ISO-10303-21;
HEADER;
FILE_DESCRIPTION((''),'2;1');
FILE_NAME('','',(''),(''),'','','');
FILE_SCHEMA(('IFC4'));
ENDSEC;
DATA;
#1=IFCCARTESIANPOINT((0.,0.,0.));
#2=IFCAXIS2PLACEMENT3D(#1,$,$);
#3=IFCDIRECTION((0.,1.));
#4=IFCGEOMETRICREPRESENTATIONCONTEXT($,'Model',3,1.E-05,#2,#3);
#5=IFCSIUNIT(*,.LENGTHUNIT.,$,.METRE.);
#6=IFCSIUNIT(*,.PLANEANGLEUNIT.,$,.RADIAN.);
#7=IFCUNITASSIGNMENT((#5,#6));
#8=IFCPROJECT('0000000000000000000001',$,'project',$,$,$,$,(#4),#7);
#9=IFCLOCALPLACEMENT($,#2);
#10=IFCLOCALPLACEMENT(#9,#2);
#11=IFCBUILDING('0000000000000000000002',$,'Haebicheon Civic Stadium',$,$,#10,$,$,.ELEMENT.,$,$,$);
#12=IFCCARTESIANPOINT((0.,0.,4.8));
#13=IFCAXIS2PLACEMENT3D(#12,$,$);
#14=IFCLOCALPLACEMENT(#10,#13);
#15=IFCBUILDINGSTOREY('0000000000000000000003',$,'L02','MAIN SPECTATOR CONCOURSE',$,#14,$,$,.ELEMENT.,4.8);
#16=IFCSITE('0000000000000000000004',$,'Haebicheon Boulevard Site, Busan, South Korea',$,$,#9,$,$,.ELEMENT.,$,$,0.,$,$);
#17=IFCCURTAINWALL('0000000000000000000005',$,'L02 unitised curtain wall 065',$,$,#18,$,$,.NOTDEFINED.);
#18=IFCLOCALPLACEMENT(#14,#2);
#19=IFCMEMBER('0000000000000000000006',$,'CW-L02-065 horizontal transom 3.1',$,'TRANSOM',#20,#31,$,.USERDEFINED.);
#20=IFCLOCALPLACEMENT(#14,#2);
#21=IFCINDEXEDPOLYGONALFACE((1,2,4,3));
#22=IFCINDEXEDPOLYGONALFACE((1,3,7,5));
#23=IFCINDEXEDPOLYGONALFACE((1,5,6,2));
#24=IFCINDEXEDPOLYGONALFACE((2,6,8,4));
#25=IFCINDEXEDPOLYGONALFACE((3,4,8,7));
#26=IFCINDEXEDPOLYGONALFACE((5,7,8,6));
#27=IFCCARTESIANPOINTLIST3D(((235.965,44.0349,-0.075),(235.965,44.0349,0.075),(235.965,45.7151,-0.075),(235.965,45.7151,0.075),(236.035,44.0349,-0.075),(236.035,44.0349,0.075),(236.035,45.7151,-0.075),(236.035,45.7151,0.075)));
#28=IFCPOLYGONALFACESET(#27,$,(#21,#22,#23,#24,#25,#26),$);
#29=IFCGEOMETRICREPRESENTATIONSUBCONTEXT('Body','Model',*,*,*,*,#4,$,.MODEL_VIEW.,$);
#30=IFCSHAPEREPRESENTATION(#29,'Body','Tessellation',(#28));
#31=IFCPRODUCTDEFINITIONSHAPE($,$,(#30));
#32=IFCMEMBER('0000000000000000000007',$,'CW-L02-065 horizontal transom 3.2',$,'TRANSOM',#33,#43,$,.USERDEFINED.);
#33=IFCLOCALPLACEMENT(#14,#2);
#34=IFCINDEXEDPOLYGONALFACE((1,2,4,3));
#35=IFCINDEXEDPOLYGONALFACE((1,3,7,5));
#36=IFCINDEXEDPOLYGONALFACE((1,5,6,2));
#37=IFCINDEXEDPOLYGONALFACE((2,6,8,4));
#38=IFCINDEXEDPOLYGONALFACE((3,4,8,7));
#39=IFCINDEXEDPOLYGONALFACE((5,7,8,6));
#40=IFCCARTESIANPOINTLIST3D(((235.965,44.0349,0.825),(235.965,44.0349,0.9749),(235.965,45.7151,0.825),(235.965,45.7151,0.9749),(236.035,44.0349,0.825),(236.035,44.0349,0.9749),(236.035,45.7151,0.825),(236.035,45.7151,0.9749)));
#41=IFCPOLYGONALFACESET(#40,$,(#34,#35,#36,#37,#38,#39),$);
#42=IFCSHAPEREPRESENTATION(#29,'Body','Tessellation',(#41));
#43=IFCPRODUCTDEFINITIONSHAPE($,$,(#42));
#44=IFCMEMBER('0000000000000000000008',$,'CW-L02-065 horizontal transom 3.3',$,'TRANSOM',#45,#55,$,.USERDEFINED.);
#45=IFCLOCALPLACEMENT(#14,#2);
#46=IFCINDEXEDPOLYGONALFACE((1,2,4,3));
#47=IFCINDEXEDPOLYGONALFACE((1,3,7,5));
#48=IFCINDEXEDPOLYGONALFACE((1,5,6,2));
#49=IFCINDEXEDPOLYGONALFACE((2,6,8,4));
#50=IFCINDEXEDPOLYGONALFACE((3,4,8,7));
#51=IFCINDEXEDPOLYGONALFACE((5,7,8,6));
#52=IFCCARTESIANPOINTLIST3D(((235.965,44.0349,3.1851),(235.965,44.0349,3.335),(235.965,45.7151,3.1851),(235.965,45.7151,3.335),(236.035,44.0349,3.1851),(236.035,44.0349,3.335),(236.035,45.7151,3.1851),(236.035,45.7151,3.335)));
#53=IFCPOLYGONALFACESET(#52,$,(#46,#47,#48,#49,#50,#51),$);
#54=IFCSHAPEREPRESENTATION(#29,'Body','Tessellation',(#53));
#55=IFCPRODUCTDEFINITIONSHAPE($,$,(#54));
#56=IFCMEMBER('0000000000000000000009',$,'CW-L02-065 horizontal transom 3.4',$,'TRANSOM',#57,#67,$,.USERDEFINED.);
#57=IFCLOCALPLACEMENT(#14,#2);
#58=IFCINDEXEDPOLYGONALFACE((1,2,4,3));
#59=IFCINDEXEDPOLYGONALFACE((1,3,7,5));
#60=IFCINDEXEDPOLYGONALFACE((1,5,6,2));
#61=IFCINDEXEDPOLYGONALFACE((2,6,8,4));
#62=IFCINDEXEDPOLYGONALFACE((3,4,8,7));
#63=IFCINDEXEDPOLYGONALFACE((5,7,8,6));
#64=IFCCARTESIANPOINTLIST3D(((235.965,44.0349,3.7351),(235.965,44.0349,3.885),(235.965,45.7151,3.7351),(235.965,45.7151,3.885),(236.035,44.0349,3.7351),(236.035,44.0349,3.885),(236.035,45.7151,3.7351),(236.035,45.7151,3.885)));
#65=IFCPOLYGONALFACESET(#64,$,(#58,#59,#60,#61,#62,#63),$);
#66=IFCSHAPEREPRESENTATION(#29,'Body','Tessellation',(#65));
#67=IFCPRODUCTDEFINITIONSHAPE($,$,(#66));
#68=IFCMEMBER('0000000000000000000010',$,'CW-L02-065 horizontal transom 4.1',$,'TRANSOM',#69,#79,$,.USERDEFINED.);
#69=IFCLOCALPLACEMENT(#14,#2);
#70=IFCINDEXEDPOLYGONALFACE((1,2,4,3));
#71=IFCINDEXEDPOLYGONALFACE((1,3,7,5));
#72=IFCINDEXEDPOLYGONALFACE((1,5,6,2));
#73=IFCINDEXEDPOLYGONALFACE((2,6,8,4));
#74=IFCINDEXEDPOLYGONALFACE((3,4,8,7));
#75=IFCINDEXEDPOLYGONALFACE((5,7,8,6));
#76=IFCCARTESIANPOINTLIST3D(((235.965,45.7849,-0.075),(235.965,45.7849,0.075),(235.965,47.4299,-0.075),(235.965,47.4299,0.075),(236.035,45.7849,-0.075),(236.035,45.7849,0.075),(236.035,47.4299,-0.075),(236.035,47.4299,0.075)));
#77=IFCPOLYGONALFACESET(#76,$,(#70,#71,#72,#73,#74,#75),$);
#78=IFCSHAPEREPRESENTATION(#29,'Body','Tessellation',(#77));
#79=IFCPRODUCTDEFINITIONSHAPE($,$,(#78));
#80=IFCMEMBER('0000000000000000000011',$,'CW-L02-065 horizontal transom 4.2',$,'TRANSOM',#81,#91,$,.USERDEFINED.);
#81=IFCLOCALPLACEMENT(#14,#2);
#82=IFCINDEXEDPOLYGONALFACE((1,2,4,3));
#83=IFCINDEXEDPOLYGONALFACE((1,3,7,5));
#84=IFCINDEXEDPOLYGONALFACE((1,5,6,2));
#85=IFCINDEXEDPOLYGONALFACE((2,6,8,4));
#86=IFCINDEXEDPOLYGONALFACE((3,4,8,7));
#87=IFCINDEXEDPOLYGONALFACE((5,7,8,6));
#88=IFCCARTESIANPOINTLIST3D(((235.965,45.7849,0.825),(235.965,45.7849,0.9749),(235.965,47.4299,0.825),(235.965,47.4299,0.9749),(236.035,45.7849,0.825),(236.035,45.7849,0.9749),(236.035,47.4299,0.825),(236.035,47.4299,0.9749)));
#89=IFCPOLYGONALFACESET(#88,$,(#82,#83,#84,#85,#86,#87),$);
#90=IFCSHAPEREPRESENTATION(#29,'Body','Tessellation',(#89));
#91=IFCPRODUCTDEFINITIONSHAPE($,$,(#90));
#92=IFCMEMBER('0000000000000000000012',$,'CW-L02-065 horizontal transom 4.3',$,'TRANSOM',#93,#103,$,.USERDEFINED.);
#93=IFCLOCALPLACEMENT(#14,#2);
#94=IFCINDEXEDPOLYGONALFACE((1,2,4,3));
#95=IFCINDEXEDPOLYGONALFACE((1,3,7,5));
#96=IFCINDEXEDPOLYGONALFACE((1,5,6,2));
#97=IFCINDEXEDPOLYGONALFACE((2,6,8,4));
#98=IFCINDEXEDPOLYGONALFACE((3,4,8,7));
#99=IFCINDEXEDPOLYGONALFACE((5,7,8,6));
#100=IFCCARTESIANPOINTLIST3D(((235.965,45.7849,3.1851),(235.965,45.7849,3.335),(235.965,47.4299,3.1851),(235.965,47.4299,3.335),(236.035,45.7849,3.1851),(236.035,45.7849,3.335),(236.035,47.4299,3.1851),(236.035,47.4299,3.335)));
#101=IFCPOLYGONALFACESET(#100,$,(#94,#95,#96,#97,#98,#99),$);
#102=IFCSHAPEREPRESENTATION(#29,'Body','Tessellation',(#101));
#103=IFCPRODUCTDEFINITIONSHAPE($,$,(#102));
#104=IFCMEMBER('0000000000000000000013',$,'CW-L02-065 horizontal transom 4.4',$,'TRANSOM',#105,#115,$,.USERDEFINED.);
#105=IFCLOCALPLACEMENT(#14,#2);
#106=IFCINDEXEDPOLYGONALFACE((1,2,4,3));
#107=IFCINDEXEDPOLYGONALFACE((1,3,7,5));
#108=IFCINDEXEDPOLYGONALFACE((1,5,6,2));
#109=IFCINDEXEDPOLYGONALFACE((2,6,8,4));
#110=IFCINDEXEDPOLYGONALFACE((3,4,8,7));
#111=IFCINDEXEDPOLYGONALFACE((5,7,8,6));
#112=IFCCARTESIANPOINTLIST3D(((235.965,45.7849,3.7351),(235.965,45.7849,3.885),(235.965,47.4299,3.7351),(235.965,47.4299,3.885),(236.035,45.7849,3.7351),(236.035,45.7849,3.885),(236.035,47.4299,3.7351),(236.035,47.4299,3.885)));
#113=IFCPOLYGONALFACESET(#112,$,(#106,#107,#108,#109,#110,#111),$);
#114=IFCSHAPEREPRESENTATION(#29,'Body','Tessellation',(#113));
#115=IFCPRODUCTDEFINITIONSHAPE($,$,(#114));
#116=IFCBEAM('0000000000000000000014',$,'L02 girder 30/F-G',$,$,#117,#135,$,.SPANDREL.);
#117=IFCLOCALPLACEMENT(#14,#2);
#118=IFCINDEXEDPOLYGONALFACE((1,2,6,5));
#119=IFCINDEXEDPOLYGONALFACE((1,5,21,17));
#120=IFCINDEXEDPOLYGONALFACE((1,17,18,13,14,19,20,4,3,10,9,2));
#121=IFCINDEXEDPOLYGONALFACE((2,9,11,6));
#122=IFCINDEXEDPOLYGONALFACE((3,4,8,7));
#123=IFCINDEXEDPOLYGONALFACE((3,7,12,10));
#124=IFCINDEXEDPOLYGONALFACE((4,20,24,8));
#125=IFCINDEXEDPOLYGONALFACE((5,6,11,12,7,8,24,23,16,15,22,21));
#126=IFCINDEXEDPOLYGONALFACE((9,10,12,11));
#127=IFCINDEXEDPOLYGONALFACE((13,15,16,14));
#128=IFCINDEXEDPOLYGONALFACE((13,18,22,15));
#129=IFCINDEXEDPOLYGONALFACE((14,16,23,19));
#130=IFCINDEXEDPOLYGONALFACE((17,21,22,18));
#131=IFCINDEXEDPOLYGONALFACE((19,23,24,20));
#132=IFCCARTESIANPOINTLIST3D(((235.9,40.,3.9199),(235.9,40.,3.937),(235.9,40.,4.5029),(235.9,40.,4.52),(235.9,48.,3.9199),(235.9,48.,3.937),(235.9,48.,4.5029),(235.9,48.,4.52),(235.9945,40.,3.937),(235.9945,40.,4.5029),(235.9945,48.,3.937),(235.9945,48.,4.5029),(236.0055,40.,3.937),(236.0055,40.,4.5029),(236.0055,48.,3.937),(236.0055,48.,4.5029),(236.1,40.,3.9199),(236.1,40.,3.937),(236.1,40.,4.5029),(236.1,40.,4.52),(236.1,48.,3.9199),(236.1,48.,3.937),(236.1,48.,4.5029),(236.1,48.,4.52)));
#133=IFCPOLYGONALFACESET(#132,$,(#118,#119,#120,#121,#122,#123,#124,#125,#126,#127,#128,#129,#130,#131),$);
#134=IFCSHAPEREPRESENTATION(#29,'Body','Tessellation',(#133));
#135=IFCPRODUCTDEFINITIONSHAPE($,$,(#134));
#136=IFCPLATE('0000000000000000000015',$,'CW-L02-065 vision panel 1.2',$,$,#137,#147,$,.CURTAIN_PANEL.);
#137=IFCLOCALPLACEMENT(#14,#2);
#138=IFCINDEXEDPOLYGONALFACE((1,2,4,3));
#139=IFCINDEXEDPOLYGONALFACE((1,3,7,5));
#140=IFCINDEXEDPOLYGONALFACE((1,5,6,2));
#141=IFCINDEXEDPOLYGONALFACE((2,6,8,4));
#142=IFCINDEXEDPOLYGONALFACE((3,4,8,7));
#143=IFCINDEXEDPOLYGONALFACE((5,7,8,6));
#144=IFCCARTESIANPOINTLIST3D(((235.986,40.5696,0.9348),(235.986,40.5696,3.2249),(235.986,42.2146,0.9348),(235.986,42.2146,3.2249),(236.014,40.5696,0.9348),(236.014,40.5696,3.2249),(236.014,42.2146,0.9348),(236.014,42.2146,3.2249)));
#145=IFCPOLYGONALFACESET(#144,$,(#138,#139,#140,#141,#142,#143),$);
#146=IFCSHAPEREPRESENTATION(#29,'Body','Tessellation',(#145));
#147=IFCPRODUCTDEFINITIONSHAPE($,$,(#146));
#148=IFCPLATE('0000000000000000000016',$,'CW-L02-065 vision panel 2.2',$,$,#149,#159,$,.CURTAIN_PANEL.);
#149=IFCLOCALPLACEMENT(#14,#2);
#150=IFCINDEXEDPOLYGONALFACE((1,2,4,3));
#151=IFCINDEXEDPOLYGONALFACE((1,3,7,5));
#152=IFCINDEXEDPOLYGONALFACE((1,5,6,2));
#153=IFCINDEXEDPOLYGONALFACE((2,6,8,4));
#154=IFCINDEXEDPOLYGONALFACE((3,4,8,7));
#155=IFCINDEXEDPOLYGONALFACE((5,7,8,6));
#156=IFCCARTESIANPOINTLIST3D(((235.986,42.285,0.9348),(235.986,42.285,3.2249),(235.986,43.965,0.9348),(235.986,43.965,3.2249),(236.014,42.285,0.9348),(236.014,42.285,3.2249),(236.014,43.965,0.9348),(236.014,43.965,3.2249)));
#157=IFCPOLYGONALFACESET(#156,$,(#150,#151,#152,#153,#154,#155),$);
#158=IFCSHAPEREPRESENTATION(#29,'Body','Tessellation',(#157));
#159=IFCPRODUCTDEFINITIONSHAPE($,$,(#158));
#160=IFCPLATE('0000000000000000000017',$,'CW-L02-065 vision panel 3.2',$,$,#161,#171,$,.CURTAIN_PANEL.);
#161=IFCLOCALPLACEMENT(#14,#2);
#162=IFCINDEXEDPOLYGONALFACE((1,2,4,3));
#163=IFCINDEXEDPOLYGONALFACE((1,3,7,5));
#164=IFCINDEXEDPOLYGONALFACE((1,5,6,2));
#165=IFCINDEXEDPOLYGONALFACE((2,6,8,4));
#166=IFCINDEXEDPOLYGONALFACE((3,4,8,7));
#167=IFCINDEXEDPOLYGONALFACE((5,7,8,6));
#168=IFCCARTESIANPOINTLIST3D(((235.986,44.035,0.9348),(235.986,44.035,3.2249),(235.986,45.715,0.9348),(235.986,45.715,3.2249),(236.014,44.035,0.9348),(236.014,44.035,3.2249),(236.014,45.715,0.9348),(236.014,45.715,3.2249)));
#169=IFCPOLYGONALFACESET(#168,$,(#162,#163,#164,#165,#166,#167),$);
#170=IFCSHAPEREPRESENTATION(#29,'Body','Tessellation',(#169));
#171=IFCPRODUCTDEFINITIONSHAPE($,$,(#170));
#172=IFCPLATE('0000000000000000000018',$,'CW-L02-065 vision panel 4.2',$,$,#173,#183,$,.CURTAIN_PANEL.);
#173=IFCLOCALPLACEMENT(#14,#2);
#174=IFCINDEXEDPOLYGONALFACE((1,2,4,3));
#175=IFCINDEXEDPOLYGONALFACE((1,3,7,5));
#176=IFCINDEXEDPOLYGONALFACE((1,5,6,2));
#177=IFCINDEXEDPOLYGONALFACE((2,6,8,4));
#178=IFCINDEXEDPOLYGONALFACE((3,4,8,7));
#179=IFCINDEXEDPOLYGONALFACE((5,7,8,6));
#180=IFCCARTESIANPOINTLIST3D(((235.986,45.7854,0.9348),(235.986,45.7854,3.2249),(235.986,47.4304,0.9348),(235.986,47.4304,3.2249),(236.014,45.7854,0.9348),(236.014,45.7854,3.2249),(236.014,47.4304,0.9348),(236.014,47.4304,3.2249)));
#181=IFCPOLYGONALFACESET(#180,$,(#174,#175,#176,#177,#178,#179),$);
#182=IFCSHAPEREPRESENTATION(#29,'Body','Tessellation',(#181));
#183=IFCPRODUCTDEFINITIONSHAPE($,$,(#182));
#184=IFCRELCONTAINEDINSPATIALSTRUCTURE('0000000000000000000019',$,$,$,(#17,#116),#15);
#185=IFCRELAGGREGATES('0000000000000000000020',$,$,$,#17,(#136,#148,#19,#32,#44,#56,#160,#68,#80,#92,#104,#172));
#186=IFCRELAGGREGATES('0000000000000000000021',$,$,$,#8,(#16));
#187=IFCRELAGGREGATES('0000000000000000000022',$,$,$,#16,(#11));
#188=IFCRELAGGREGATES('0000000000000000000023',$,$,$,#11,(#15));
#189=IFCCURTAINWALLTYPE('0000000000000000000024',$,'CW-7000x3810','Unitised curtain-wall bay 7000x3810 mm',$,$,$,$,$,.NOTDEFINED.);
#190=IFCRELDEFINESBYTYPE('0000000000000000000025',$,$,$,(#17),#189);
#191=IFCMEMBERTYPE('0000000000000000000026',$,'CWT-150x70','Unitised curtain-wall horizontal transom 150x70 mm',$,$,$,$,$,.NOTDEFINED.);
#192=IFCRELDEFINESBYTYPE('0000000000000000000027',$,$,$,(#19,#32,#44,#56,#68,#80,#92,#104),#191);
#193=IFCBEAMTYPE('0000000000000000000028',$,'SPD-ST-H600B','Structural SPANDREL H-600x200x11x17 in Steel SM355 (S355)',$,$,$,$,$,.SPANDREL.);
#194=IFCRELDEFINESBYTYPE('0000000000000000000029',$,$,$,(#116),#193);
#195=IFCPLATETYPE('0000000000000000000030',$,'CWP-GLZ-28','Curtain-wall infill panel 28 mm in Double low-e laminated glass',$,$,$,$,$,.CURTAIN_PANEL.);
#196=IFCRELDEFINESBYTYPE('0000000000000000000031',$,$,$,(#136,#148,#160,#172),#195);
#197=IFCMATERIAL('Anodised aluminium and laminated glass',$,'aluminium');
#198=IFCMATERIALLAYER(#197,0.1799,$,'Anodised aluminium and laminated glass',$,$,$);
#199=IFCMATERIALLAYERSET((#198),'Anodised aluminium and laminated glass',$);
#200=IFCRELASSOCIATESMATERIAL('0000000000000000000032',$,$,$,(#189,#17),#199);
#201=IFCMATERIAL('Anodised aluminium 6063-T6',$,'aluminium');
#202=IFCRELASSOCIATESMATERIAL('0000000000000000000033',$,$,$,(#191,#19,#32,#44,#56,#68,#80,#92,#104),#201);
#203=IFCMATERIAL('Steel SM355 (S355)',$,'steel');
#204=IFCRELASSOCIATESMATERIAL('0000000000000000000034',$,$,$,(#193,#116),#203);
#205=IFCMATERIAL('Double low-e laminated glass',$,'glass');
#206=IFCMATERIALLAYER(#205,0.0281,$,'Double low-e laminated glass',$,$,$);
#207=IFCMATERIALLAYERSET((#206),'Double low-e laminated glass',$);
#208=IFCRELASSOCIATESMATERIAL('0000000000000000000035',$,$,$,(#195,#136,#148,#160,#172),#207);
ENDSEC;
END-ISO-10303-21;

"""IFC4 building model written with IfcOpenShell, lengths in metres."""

from ifc_helpers import new_model, si_unit, direction, frame, origin, origin_2d, place, context, subcontext, project, spatial, rectangle, i_section, extrude, material, layer, layer_set, material_profile, profile_set, type_object, element, aggregate, save


model = new_model("IFC4")

# Units and contexts
model_context = context("Model", 3, precision=1e-05, world=origin(), true_north=direction((0.0, 1.0)))
body_context = subcontext(model_context, "Body", "Model", "MODEL_VIEW")
ifc_project = project(units=[si_unit("LENGTHUNIT", "METRE"), si_unit("PLANEANGLEUNIT", "RADIAN")], contexts=[model_context])

# Site, building, storey
site_placement = place(None, origin())
site = spatial("IfcSite", under=ifc_project, at=site_placement, Name="Haebicheon Boulevard Site, Busan, South Korea", CompositionType="ELEMENT", RefElevation=0.0)
building_placement = place(site_placement, origin())
building = spatial("IfcBuilding", under=site, at=building_placement, Name="Haebicheon Civic Stadium", CompositionType="ELEMENT")
storey_placement = place(building_placement, frame((0.0, 0.0, 4.8)))
storey = spatial("IfcBuildingStorey", under=building, at=storey_placement, Name="L02", Description="MAIN SPECTATOR CONCOURSE", CompositionType="ELEMENT", Elevation=4.8)

# Curtain wall, members
ifc_material_1 = material(Name="Anodised aluminium and laminated glass", Category="aluminium")
ifc_layer_1 = layer(ifc_material_1, 0.1799, Name="Anodised aluminium and laminated glass")
ifc_layer_set_1 = layer_set([ifc_layer_1], Name="Anodised aluminium and laminated glass")
curtain_wall_type = type_object("IfcCurtainWallType", Name="CW-7000x3810", Description="Unitised curtain-wall bay 7000x3810 mm", PredefinedType="NOTDEFINED", material=ifc_layer_set_1)
curtain_wall_placement = place(storey_placement, origin())
curtain_wall = element("IfcCurtainWall", 1, at=curtain_wall_placement, inside=storey, type_object=curtain_wall_type, material=ifc_layer_set_1, Name="L02 unitised curtain wall 065", PredefinedType="NOTDEFINED")
ifc_material_2 = material(Name="Anodised aluminium 6063-T6", Category="aluminium")
ifc_material_profile_1 = material_profile(ifc_material_2, rectangle(XDim=0.0701, YDim=0.1499, at=origin_2d()), Name="ALU-TRAN-70x150")
ifc_profile_set_1 = profile_set([ifc_material_profile_1], Name="Anodised aluminium 6063-T6")
member_type_1 = type_object("IfcMemberType", Name="CWT-150x70", Description="Unitised curtain-wall horizontal transom 150x70 mm", PredefinedType="NOTDEFINED", material=ifc_profile_set_1)
member_1_placement = place(storey_placement, frame((236.0, 44.0349, 0.0), z_axis=(0.0, 1.0, 0.0), x_axis=(-1.0, 0.0, 0.0)))
member_1 = element("IfcMember", 2, at=member_1_placement, type_object=member_type_1, material=ifc_profile_set_1, Name="CW-L02-065 horizontal transom 3.1", ObjectType="TRANSOM", PredefinedType="USERDEFINED", context=body_context, shape_type="SweptSolid", body=[
    extrude(rectangle(XDim=0.0701, YDim=0.1499, at=origin_2d()), origin(), (0.0, 0.0, 1.0), 1.6802),
])
member_2_placement = place(storey_placement, frame((236.0, 44.0349, 0.8999), z_axis=(0.0, 1.0, 0.0), x_axis=(-1.0, 0.0, 0.0)))
member_2 = element("IfcMember", 3, at=member_2_placement, type_object=member_type_1, material=ifc_profile_set_1, Name="CW-L02-065 horizontal transom 3.2", ObjectType="TRANSOM", PredefinedType="USERDEFINED", context=body_context, shape_type="SweptSolid", body=[
    extrude(rectangle(XDim=0.0701, YDim=0.1499, at=origin_2d()), origin(), (0.0, 0.0, 1.0), 1.6802),
])
member_3_placement = place(storey_placement, frame((236.0, 44.0349, 3.26), z_axis=(0.0, 1.0, 0.0), x_axis=(-1.0, 0.0, 0.0)))
member_3 = element("IfcMember", 4, at=member_3_placement, type_object=member_type_1, material=ifc_profile_set_1, Name="CW-L02-065 horizontal transom 3.3", ObjectType="TRANSOM", PredefinedType="USERDEFINED", context=body_context, shape_type="SweptSolid", body=[
    extrude(rectangle(XDim=0.0701, YDim=0.1499, at=origin_2d()), origin(), (0.0, 0.0, 1.0), 1.6802),
])
member_4_placement = place(storey_placement, frame((236.0, 44.0349, 3.8101), z_axis=(0.0, 1.0, 0.0), x_axis=(-1.0, 0.0, 0.0)))
member_4 = element("IfcMember", 5, at=member_4_placement, type_object=member_type_1, material=ifc_profile_set_1, Name="CW-L02-065 horizontal transom 3.4", ObjectType="TRANSOM", PredefinedType="USERDEFINED", context=body_context, shape_type="SweptSolid", body=[
    extrude(rectangle(XDim=0.0701, YDim=0.1499, at=origin_2d()), origin(), (0.0, 0.0, 1.0), 1.6802),
])
member_5_placement = place(storey_placement, frame((236.0, 45.7849, 0.0), z_axis=(0.0, 1.0, 0.0), x_axis=(-1.0, 0.0, 0.0)))
member_5 = element("IfcMember", 6, at=member_5_placement, type_object=member_type_1, material=ifc_profile_set_1, Name="CW-L02-065 horizontal transom 4.1", ObjectType="TRANSOM", PredefinedType="USERDEFINED", context=body_context, shape_type="SweptSolid", body=[
    extrude(rectangle(XDim=0.0701, YDim=0.1499, at=origin_2d()), origin(), (0.0, 0.0, 1.0), 1.645),
])
member_6_placement = place(storey_placement, frame((236.0, 45.7849, 0.8999), z_axis=(0.0, 1.0, 0.0), x_axis=(-1.0, 0.0, 0.0)))
member_6 = element("IfcMember", 7, at=member_6_placement, type_object=member_type_1, material=ifc_profile_set_1, Name="CW-L02-065 horizontal transom 4.2", ObjectType="TRANSOM", PredefinedType="USERDEFINED", context=body_context, shape_type="SweptSolid", body=[
    extrude(rectangle(XDim=0.0701, YDim=0.1499, at=origin_2d()), origin(), (0.0, 0.0, 1.0), 1.645),
])
member_7_placement = place(storey_placement, frame((236.0, 45.7849, 3.26), z_axis=(0.0, 1.0, 0.0), x_axis=(-1.0, 0.0, 0.0)))
member_7 = element("IfcMember", 8, at=member_7_placement, type_object=member_type_1, material=ifc_profile_set_1, Name="CW-L02-065 horizontal transom 4.3", ObjectType="TRANSOM", PredefinedType="USERDEFINED", context=body_context, shape_type="SweptSolid", body=[
    extrude(rectangle(XDim=0.0701, YDim=0.1499, at=origin_2d()), origin(), (0.0, 0.0, 1.0), 1.645),
])
member_8_placement = place(storey_placement, frame((236.0, 45.7849, 3.8101), z_axis=(0.0, 1.0, 0.0), x_axis=(-1.0, 0.0, 0.0)))
member_8 = element("IfcMember", 9, at=member_8_placement, type_object=member_type_1, material=ifc_profile_set_1, Name="CW-L02-065 horizontal transom 4.4", ObjectType="TRANSOM", PredefinedType="USERDEFINED", context=body_context, shape_type="SweptSolid", body=[
    extrude(rectangle(XDim=0.0701, YDim=0.1499, at=origin_2d()), origin(), (0.0, 0.0, 1.0), 1.645),
])

# Beam
ifc_material_3 = material(Name="Steel SM355 (S355)", Category="steel")
ifc_material_profile_2 = material_profile(ifc_material_3, i_section(OverallWidth=0.2, OverallDepth=0.6001, WebThickness=0.011, FlangeThickness=0.0171, at=origin_2d()), Name="H-600x200x11x17")
ifc_profile_set_2 = profile_set([ifc_material_profile_2], Name="Steel SM355 (S355)")
beam_type = type_object("IfcBeamType", Name="SPD-ST-H600B", Description="Structural SPANDREL H-600x200x11x17 in Steel SM355 (S355)", PredefinedType="SPANDREL", material=ifc_profile_set_2)
beam_placement = place(storey_placement, frame((236.0, 40.0, 4.22), z_axis=(0.0, 1.0, 0.0), x_axis=(-1.0, 0.0, 0.0)))
element("IfcBeam", 10, at=beam_placement, inside=storey, type_object=beam_type, material=ifc_profile_set_2, Name="L02 girder 30/F-G", PredefinedType="SPANDREL", context=body_context, shape_type="SweptSolid", body=[
    extrude(i_section(OverallWidth=0.2, OverallDepth=0.6001, WebThickness=0.011, FlangeThickness=0.0171, at=origin_2d()), origin(), (0.0, 0.0, 1.0), 8.0),
])

# Plates
ifc_material_4 = material(Name="Double low-e laminated glass", Category="glass")
ifc_layer_2 = layer(ifc_material_4, 0.0281, Name="Double low-e laminated glass")
ifc_layer_set_2 = layer_set([ifc_layer_2], Name="Double low-e laminated glass")
plate_type_1 = type_object("IfcPlateType", Name="CWP-GLZ-28", Description="Curtain-wall infill panel 28 mm in Double low-e laminated glass", PredefinedType="CURTAIN_PANEL", material=ifc_layer_set_2)
plate_1_placement = place(storey_placement, frame((236.0, 41.3921, 0.9348), z_axis=(0.0, 0.0, 1.0), x_axis=(0.0, 1.0, 0.0)))
plate_1 = element("IfcPlate", 11, at=plate_1_placement, type_object=plate_type_1, material=ifc_layer_set_2, Name="CW-L02-065 vision panel 1.2", PredefinedType="CURTAIN_PANEL", context=body_context, shape_type="SweptSolid", body=[
    extrude(rectangle(XDim=1.645, YDim=0.0281, at=origin_2d()), origin(), (0.0, 0.0, 1.0), 2.29),
])
plate_2_placement = place(storey_placement, frame((236.0, 43.125, 0.9348), z_axis=(0.0, 0.0, 1.0), x_axis=(0.0, 1.0, 0.0)))
plate_2 = element("IfcPlate", 12, at=plate_2_placement, type_object=plate_type_1, material=ifc_layer_set_2, Name="CW-L02-065 vision panel 2.2", PredefinedType="CURTAIN_PANEL", context=body_context, shape_type="SweptSolid", body=[
    extrude(rectangle(XDim=1.6799, YDim=0.0281, at=origin_2d()), origin(), (0.0, 0.0, 1.0), 2.29),
])
plate_3_placement = place(storey_placement, frame((236.0, 44.875, 0.9348), z_axis=(0.0, 0.0, 1.0), x_axis=(0.0, 1.0, 0.0)))
plate_3 = element("IfcPlate", 13, at=plate_3_placement, type_object=plate_type_1, material=ifc_layer_set_2, Name="CW-L02-065 vision panel 3.2", PredefinedType="CURTAIN_PANEL", context=body_context, shape_type="SweptSolid", body=[
    extrude(rectangle(XDim=1.6799, YDim=0.0281, at=origin_2d()), origin(), (0.0, 0.0, 1.0), 2.29),
])
plate_4_placement = place(storey_placement, frame((236.0, 46.6079, 0.9348), z_axis=(0.0, 0.0, 1.0), x_axis=(0.0, 1.0, 0.0)))
plate_4 = element("IfcPlate", 14, at=plate_4_placement, type_object=plate_type_1, material=ifc_layer_set_2, Name="CW-L02-065 vision panel 4.2", PredefinedType="CURTAIN_PANEL", context=body_context, shape_type="SweptSolid", body=[
    extrude(rectangle(XDim=1.645, YDim=0.0281, at=origin_2d()), origin(), (0.0, 0.0, 1.0), 2.29),
])
aggregate(curtain_wall, [plate_1, plate_2, member_1, member_2, member_3, member_4, plate_3, member_5, member_6, member_7, member_8, plate_4])

save(model, "model.ifc")
